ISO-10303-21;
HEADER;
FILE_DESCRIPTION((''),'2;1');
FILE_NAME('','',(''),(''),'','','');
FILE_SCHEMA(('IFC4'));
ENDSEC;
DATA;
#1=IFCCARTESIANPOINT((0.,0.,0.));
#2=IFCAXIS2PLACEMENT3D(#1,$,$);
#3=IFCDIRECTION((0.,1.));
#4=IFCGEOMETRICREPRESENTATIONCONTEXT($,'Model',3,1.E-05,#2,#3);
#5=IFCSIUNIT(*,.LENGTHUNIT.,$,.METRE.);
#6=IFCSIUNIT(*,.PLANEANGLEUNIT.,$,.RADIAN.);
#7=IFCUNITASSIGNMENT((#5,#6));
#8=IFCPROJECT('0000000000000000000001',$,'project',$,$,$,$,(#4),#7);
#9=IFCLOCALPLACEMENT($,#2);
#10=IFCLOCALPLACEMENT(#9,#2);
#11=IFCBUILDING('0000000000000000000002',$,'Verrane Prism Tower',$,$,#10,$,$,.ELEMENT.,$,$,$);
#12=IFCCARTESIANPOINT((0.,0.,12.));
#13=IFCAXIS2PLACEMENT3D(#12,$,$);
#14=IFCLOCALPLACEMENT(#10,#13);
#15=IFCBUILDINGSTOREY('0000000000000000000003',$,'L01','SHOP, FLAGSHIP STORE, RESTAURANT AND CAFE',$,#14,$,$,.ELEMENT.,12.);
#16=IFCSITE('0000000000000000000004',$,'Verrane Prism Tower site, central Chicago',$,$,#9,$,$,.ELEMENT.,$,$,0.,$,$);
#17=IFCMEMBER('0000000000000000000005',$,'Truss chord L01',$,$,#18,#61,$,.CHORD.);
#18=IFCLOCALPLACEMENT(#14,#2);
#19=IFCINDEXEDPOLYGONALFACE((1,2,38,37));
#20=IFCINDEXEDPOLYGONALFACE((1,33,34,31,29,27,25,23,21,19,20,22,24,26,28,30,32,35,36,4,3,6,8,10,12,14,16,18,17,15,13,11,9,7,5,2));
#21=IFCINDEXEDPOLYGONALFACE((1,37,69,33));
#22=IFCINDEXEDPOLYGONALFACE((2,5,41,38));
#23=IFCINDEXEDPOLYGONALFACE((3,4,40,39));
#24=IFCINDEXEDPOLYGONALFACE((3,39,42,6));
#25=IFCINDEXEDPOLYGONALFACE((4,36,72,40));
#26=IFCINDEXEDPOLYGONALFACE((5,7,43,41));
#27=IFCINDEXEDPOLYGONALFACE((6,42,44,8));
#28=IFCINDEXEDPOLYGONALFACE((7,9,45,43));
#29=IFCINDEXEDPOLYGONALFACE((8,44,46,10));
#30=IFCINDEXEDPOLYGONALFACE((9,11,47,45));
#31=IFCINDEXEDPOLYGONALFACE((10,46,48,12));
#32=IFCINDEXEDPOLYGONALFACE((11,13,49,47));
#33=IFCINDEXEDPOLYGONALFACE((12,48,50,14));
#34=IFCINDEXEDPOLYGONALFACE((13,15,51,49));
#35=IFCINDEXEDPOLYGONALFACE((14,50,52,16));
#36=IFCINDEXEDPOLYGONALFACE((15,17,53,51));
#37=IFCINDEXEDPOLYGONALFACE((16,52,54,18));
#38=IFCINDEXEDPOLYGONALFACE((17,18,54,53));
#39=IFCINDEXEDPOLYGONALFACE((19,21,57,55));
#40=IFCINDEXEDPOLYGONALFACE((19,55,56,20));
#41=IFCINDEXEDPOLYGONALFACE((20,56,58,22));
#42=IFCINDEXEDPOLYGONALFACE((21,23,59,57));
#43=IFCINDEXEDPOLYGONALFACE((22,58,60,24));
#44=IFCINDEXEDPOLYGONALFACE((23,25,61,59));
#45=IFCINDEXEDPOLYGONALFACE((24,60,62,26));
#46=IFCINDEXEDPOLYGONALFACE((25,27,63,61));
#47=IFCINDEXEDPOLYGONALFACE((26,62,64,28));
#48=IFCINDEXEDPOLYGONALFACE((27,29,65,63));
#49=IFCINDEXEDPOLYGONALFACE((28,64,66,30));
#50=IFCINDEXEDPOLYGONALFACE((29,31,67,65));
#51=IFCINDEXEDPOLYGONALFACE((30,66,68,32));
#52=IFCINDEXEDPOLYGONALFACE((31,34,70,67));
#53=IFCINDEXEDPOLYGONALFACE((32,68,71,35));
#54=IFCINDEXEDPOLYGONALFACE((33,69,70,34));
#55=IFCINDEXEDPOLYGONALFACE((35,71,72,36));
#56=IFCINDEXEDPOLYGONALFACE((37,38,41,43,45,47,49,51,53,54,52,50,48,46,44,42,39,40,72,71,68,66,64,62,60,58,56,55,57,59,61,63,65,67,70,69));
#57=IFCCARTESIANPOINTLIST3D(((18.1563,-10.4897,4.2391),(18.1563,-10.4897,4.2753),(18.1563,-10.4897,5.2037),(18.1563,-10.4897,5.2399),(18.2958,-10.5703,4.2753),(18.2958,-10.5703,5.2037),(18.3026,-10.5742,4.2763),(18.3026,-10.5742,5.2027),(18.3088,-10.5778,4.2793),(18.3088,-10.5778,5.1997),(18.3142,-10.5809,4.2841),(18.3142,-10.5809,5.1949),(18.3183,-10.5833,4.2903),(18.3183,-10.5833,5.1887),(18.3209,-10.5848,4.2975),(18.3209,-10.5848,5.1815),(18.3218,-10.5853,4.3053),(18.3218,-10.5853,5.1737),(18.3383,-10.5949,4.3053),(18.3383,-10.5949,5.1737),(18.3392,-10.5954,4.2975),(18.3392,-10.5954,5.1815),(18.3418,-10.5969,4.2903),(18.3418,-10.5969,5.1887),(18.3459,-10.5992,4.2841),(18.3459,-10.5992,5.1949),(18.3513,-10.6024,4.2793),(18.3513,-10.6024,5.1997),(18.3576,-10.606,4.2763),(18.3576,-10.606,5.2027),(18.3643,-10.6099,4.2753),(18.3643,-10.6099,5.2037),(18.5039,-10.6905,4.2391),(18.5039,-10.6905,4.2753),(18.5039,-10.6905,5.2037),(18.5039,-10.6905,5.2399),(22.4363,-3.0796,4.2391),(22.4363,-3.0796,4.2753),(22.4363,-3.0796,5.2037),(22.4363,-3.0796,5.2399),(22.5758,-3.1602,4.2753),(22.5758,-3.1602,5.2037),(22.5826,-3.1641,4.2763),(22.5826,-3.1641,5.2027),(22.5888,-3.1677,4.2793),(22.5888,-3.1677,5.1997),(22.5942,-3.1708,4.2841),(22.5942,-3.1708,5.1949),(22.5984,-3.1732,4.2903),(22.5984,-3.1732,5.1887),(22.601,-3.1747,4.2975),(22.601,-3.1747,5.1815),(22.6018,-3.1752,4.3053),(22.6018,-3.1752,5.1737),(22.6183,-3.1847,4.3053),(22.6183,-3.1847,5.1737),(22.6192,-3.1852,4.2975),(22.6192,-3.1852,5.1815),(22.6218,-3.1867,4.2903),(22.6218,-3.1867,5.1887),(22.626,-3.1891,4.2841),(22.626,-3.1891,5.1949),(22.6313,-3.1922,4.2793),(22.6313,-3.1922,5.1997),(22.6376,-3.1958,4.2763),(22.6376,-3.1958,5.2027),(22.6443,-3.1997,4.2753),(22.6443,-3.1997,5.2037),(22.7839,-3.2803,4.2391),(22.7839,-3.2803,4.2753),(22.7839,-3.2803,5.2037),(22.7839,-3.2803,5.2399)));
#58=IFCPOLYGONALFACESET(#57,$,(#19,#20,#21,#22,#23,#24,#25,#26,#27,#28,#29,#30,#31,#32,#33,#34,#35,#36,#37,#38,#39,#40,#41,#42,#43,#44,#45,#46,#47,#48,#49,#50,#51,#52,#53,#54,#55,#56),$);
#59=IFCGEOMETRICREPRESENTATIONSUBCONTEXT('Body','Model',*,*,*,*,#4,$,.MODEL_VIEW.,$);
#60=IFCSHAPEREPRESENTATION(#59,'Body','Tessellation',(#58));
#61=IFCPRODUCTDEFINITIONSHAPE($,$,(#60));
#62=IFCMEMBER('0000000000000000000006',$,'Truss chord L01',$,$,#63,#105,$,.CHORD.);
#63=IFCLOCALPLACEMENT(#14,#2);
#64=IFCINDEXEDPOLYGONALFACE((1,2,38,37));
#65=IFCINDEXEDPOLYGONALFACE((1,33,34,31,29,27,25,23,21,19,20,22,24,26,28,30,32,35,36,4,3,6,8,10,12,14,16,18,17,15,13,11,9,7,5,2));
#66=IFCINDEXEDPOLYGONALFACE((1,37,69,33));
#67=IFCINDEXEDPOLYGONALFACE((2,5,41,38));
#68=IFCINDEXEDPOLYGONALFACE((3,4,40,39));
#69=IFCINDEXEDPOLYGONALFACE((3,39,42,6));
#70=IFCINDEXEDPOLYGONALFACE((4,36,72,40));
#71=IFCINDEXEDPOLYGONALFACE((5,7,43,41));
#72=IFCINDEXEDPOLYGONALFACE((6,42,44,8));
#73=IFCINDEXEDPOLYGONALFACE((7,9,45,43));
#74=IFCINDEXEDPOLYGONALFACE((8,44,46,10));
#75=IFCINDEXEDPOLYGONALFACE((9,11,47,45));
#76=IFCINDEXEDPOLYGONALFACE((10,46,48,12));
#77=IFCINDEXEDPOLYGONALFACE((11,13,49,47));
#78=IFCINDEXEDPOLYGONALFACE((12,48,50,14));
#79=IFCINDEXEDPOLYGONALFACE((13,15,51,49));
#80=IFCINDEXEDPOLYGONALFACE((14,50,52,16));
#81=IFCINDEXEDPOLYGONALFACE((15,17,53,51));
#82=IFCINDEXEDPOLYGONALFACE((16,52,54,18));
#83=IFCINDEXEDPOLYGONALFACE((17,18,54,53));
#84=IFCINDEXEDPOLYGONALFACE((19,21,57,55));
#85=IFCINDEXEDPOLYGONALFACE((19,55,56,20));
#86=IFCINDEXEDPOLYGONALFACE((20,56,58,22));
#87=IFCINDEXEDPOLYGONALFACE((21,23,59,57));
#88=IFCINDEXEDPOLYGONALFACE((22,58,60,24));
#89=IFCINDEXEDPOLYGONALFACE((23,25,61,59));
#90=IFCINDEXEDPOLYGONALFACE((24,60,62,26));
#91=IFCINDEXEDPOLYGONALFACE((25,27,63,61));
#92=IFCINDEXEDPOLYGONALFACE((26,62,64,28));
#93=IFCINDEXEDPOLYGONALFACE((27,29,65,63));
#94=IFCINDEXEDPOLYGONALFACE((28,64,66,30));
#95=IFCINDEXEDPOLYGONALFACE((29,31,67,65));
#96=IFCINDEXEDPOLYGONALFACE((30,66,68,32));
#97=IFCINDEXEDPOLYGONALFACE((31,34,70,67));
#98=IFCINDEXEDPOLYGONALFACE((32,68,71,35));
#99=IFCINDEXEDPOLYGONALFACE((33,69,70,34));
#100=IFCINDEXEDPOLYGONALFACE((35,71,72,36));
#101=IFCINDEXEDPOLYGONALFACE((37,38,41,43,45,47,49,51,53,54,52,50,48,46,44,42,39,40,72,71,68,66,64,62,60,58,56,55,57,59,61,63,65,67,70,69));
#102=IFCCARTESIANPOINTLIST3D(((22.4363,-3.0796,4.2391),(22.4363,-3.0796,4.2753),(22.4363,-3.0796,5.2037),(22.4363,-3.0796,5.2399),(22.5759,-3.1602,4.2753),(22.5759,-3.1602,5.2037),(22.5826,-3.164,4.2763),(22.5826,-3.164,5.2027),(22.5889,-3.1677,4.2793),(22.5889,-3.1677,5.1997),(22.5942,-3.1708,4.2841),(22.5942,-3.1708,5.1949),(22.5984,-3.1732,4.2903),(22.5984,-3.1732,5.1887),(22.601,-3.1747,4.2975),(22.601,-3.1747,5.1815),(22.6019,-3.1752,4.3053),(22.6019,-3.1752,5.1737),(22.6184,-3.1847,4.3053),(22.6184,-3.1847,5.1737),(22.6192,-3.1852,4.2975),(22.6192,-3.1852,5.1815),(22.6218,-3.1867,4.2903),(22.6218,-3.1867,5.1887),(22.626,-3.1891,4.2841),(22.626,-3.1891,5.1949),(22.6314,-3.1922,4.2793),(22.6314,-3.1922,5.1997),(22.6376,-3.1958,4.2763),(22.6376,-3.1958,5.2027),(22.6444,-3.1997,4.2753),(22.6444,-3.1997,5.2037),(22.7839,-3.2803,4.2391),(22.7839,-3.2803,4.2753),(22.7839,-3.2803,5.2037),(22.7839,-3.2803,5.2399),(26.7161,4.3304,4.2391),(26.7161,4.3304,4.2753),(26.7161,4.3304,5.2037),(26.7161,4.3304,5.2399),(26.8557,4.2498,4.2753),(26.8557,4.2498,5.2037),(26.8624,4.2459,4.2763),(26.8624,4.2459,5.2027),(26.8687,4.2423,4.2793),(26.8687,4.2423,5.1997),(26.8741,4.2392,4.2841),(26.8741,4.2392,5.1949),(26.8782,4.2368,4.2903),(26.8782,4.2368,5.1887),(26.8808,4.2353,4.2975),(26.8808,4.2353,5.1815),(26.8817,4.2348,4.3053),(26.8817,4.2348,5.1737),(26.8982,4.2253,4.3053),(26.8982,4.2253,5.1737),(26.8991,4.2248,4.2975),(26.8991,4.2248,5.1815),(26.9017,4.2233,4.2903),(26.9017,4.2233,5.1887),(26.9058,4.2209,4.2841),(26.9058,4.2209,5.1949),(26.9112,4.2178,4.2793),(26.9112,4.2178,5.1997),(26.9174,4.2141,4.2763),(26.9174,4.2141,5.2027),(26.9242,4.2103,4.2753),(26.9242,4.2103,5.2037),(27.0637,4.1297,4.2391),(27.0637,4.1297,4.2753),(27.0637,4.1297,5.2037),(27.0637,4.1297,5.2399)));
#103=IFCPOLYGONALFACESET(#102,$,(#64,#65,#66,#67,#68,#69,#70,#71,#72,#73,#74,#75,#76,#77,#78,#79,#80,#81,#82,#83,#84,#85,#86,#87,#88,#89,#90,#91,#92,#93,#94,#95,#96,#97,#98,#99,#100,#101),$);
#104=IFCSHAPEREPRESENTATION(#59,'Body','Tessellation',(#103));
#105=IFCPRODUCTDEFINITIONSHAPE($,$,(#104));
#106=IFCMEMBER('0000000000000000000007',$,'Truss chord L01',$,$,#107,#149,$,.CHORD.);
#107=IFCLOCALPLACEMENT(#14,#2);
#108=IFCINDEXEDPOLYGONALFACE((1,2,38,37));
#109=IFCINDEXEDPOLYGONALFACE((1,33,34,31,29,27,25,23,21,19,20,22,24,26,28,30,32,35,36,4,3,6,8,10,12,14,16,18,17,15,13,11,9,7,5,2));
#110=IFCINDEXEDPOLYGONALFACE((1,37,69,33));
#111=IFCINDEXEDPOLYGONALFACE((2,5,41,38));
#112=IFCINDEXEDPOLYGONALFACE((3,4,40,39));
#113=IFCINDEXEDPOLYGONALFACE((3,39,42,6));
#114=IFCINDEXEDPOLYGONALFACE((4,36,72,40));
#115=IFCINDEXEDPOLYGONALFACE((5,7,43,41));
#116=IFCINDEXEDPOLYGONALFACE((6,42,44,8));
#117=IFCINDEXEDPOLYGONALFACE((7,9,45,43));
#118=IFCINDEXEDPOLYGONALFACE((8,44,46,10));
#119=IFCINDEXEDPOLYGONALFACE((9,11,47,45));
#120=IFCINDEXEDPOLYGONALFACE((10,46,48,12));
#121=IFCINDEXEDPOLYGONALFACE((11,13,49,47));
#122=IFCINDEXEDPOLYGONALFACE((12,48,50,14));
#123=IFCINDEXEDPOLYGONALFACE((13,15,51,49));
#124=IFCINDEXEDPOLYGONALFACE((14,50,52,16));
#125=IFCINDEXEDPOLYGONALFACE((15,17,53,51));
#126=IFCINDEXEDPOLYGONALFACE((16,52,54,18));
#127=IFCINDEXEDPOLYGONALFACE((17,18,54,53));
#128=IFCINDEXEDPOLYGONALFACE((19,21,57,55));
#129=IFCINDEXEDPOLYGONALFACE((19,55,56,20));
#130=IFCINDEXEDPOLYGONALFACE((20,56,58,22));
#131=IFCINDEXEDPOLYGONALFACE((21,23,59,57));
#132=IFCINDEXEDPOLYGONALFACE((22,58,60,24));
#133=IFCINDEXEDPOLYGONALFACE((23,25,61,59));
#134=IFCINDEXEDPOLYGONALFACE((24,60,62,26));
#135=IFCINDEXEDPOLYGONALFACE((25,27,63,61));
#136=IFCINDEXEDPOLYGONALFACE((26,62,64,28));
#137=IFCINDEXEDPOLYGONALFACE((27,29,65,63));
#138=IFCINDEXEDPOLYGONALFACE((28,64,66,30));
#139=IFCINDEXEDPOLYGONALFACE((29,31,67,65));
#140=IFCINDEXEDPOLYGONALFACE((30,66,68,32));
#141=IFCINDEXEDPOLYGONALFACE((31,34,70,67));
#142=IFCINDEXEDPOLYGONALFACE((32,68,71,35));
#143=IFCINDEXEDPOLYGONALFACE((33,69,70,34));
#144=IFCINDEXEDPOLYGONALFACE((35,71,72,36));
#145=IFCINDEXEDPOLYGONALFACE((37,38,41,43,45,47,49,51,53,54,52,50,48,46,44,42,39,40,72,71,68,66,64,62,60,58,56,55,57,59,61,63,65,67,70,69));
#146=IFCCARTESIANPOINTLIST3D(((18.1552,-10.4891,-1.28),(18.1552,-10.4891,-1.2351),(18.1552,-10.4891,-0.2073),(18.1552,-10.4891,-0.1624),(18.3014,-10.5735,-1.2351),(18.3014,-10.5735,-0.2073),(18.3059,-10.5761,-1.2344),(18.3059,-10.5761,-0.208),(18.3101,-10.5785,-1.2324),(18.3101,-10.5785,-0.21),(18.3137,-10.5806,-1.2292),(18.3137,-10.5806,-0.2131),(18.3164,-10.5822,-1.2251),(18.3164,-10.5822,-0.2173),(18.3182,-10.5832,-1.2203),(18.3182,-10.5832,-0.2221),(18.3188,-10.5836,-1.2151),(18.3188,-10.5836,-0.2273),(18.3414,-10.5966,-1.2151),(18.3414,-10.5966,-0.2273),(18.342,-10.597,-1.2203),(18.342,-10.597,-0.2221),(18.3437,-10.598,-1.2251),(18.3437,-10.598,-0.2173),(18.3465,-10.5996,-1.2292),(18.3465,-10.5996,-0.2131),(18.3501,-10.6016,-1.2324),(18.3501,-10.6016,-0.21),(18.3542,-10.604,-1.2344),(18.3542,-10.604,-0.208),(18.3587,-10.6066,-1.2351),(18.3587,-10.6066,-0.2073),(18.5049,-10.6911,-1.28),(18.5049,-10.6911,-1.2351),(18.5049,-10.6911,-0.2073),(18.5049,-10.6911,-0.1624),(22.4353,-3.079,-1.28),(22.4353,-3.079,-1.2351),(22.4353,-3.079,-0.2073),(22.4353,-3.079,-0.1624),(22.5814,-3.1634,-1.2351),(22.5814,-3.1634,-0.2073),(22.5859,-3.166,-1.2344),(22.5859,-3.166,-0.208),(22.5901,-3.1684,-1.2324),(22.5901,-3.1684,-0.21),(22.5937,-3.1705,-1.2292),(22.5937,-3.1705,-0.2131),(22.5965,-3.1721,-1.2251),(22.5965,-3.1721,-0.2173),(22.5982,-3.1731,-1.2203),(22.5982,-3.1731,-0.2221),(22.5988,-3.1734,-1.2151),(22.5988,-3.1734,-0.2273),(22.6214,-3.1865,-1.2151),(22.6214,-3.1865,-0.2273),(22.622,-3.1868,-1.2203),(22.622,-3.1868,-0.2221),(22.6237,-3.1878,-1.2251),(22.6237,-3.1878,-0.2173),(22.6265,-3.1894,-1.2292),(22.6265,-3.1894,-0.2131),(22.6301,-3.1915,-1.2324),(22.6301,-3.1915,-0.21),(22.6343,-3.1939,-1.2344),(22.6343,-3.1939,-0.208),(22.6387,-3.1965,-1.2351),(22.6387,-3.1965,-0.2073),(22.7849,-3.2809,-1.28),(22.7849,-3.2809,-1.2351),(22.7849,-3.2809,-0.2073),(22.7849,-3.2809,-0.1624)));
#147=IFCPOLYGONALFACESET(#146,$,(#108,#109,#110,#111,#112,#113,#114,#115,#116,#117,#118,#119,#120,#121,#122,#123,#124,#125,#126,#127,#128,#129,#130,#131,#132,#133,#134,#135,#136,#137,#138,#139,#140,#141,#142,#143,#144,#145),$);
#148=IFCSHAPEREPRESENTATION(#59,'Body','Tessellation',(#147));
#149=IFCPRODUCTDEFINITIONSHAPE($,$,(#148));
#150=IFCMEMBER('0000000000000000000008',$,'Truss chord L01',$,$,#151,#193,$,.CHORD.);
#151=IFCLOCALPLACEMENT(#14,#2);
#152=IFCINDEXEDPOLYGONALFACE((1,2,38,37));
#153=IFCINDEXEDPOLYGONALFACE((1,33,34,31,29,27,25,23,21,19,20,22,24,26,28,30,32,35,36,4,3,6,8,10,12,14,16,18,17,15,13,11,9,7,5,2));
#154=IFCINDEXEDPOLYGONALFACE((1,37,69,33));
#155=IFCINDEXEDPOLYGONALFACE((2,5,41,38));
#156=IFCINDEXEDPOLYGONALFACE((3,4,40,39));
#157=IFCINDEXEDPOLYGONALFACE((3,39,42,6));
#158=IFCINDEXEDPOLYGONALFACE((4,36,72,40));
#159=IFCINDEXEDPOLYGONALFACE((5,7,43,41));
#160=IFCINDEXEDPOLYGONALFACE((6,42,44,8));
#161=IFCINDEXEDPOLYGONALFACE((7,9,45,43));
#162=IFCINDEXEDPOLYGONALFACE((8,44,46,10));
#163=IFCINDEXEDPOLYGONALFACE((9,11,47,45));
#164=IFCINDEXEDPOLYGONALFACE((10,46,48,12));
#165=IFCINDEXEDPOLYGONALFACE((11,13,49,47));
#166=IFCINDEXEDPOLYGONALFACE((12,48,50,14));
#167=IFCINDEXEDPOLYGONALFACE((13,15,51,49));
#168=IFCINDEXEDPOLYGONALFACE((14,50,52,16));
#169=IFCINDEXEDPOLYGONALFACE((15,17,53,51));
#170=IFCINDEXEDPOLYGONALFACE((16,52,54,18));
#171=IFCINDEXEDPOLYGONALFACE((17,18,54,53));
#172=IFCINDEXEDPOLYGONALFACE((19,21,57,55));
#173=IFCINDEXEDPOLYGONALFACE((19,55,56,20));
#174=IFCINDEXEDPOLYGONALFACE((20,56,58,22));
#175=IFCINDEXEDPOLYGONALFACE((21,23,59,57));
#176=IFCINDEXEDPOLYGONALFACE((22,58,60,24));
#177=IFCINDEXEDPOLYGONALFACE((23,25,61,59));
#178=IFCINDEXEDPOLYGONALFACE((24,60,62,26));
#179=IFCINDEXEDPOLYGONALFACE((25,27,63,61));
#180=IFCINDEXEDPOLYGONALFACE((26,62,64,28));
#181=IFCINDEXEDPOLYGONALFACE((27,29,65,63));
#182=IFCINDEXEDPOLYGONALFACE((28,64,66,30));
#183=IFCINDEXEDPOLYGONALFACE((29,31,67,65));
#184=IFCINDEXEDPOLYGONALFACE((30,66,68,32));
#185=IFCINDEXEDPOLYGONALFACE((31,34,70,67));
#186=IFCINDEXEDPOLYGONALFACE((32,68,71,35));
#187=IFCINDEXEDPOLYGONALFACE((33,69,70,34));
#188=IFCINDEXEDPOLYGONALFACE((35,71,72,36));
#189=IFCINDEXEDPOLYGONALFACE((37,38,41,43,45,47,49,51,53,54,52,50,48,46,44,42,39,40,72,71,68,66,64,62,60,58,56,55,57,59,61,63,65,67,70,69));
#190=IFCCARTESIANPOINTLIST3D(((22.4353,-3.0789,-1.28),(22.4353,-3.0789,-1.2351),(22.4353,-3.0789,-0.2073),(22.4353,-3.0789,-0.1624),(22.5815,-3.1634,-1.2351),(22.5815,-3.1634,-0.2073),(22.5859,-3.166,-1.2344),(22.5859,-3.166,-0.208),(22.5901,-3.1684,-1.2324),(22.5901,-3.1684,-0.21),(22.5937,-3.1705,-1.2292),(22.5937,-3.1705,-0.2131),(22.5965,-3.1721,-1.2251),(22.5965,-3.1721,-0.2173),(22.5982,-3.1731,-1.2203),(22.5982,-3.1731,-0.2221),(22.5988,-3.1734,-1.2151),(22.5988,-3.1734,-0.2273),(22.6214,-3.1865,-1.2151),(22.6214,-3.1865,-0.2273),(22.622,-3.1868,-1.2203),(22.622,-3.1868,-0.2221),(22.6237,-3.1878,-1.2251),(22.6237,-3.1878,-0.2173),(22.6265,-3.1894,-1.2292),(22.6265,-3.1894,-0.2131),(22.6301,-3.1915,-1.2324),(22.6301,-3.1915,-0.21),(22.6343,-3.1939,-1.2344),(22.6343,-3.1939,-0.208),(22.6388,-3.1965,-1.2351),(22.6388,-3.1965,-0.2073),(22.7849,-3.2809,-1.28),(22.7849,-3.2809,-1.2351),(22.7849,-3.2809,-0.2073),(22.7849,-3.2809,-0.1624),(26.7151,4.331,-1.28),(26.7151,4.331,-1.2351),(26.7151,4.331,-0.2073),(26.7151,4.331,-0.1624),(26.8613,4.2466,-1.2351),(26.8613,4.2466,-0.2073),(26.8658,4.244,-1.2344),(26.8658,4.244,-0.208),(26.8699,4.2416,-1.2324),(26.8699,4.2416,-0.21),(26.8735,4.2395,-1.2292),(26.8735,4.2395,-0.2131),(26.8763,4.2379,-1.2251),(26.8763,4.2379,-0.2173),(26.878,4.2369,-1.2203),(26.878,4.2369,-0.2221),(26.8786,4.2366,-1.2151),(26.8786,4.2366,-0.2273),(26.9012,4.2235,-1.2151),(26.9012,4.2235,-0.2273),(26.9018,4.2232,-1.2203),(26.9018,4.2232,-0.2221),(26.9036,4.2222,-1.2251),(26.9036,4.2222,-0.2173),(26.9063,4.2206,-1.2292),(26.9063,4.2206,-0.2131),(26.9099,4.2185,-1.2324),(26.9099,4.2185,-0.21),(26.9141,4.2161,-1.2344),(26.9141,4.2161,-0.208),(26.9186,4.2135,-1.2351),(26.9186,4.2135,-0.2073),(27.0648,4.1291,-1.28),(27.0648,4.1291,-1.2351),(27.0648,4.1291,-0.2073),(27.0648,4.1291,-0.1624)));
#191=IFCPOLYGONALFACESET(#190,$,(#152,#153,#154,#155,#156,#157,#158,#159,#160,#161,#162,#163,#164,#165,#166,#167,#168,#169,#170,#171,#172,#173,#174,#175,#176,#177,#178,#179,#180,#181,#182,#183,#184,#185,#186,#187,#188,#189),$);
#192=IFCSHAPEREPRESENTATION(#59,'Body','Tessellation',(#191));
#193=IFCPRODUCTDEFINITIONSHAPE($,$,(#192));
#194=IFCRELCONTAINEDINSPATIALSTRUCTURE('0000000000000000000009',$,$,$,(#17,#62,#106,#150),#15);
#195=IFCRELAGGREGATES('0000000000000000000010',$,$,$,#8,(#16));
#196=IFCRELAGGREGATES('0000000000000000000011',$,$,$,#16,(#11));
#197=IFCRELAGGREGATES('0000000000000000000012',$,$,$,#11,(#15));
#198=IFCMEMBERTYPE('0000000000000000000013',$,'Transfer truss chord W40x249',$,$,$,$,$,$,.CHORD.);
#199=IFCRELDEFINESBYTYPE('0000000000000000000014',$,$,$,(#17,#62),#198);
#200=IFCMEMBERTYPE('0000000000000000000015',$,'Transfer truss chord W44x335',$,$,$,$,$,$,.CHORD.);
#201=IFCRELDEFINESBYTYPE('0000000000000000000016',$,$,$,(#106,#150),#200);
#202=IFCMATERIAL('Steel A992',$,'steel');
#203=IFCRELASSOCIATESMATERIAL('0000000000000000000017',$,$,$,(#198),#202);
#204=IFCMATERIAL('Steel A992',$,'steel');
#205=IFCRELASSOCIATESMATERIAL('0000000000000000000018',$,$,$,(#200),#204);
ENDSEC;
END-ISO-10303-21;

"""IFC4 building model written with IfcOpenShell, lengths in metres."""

from ifc_helpers import new_model, si_unit, direction, frame, origin, origin_2d, place, context, subcontext, project, spatial, i_section, extrude, material, material_profile, profile_set, type_object, element, save


model = new_model("IFC4")

# Units and contexts
model_context = context("Model", 3, precision=1e-05, world=origin(), true_north=direction((0.0, 1.0)))
body_context = subcontext(model_context, "Body", "Model", "MODEL_VIEW")
ifc_project = project(units=[si_unit("LENGTHUNIT", "METRE"), si_unit("PLANEANGLEUNIT", "RADIAN")], contexts=[model_context])

# Site, building, storey
site_placement = place(None, origin())
site = spatial("IfcSite", under=ifc_project, at=site_placement, Name="Verrane Prism Tower site, central Chicago", CompositionType="ELEMENT", RefElevation=0.0)
building_placement = place(site_placement, origin())
building = spatial("IfcBuilding", under=site, at=building_placement, Name="Verrane Prism Tower", CompositionType="ELEMENT")
storey_placement = place(building_placement, frame((0.0, 0.0, 12.0)))
storey = spatial("IfcBuildingStorey", under=building, at=storey_placement, Name="L01", Description="SHOP, FLAGSHIP STORE, RESTAURANT AND CAFE", CompositionType="ELEMENT", Elevation=12.0)

# Members
ifc_material_1 = material(Name="Steel A992", Category="steel")
ifc_material_profile_1 = material_profile(ifc_material_1, i_section(OverallWidth=0.4014, OverallDepth=1.0007, WebThickness=0.019, FlangeThickness=0.0361, FilletRadius=0.03, at=origin_2d()), Name="W40x249")
ifc_profile_set_1 = profile_set([ifc_material_profile_1], Name="Steel A992")
member_type_1 = type_object("IfcMemberType", Name="Transfer truss chord W40x249", PredefinedType="CHORD", material=ifc_profile_set_1)
member_1_placement = place(storey_placement, frame((18.3301, -10.5901, 4.7395), z_axis=(0.500155, 0.865936, 0.0), x_axis=(-0.865936, 0.500155, 0.0)))
element("IfcMember", 1, at=member_1_placement, inside=storey, type_object=member_type_1, Name="Truss chord L01", PredefinedType="CHORD", context=body_context, shape_type="SweptSolid", body=[
    extrude(i_section(OverallWidth=0.4014, OverallDepth=1.0007, WebThickness=0.019, FlangeThickness=0.0361, FilletRadius=0.03, at=origin_2d()), origin(), (0.0, 0.0, 1.0), 8.5574),
])
member_2_placement = place(storey_placement, frame((22.6101, -3.1799, 4.7395), z_axis=(0.500146, 0.865941, 0.0), x_axis=(-0.865941, 0.500146, 0.0)))
element("IfcMember", 2, at=member_2_placement, inside=storey, type_object=member_type_1, Name="Truss chord L01", PredefinedType="CHORD", context=body_context, shape_type="SweptSolid", body=[
    extrude(i_section(OverallWidth=0.4014, OverallDepth=1.0007, WebThickness=0.019, FlangeThickness=0.0361, FilletRadius=0.03, at=origin_2d()), origin(), (0.0, 0.0, 1.0), 8.5571),
])
ifc_material_2 = material(Name="Steel A992", Category="steel")
ifc_material_profile_2 = material_profile(ifc_material_2, i_section(OverallWidth=0.4038, OverallDepth=1.1177, WebThickness=0.0261, FlangeThickness=0.0449, FilletRadius=0.02, at=origin_2d()), Name="W44x335")
ifc_profile_set_2 = profile_set([ifc_material_profile_2], Name="Steel A992")
member_type_2 = type_object("IfcMemberType", Name="Transfer truss chord W44x335", PredefinedType="CHORD", material=ifc_profile_set_2)
member_3_placement = place(storey_placement, frame((18.3301, -10.5901, -0.7212), z_axis=(0.500155, 0.865936, 0.0), x_axis=(-0.865936, 0.500155, 0.0)))
element("IfcMember", 3, at=member_3_placement, inside=storey, type_object=member_type_2, Name="Truss chord L01", PredefinedType="CHORD", context=body_context, shape_type="SweptSolid", body=[
    extrude(i_section(OverallWidth=0.4038, OverallDepth=1.1177, WebThickness=0.0261, FlangeThickness=0.0449, FilletRadius=0.02, at=origin_2d()), origin(), (0.0, 0.0, 1.0), 8.5574),
])
member_4_placement = place(storey_placement, frame((22.6101, -3.1799, -0.7212), z_axis=(0.500146, 0.865941, 0.0), x_axis=(-0.865941, 0.500146, 0.0)))
element("IfcMember", 4, at=member_4_placement, inside=storey, type_object=member_type_2, Name="Truss chord L01", PredefinedType="CHORD", context=body_context, shape_type="SweptSolid", body=[
    extrude(i_section(OverallWidth=0.4038, OverallDepth=1.1177, WebThickness=0.0261, FlangeThickness=0.0449, FilletRadius=0.02, at=origin_2d()), origin(), (0.0, 0.0, 1.0), 8.5571),
])

save(model, "model.ifc")
